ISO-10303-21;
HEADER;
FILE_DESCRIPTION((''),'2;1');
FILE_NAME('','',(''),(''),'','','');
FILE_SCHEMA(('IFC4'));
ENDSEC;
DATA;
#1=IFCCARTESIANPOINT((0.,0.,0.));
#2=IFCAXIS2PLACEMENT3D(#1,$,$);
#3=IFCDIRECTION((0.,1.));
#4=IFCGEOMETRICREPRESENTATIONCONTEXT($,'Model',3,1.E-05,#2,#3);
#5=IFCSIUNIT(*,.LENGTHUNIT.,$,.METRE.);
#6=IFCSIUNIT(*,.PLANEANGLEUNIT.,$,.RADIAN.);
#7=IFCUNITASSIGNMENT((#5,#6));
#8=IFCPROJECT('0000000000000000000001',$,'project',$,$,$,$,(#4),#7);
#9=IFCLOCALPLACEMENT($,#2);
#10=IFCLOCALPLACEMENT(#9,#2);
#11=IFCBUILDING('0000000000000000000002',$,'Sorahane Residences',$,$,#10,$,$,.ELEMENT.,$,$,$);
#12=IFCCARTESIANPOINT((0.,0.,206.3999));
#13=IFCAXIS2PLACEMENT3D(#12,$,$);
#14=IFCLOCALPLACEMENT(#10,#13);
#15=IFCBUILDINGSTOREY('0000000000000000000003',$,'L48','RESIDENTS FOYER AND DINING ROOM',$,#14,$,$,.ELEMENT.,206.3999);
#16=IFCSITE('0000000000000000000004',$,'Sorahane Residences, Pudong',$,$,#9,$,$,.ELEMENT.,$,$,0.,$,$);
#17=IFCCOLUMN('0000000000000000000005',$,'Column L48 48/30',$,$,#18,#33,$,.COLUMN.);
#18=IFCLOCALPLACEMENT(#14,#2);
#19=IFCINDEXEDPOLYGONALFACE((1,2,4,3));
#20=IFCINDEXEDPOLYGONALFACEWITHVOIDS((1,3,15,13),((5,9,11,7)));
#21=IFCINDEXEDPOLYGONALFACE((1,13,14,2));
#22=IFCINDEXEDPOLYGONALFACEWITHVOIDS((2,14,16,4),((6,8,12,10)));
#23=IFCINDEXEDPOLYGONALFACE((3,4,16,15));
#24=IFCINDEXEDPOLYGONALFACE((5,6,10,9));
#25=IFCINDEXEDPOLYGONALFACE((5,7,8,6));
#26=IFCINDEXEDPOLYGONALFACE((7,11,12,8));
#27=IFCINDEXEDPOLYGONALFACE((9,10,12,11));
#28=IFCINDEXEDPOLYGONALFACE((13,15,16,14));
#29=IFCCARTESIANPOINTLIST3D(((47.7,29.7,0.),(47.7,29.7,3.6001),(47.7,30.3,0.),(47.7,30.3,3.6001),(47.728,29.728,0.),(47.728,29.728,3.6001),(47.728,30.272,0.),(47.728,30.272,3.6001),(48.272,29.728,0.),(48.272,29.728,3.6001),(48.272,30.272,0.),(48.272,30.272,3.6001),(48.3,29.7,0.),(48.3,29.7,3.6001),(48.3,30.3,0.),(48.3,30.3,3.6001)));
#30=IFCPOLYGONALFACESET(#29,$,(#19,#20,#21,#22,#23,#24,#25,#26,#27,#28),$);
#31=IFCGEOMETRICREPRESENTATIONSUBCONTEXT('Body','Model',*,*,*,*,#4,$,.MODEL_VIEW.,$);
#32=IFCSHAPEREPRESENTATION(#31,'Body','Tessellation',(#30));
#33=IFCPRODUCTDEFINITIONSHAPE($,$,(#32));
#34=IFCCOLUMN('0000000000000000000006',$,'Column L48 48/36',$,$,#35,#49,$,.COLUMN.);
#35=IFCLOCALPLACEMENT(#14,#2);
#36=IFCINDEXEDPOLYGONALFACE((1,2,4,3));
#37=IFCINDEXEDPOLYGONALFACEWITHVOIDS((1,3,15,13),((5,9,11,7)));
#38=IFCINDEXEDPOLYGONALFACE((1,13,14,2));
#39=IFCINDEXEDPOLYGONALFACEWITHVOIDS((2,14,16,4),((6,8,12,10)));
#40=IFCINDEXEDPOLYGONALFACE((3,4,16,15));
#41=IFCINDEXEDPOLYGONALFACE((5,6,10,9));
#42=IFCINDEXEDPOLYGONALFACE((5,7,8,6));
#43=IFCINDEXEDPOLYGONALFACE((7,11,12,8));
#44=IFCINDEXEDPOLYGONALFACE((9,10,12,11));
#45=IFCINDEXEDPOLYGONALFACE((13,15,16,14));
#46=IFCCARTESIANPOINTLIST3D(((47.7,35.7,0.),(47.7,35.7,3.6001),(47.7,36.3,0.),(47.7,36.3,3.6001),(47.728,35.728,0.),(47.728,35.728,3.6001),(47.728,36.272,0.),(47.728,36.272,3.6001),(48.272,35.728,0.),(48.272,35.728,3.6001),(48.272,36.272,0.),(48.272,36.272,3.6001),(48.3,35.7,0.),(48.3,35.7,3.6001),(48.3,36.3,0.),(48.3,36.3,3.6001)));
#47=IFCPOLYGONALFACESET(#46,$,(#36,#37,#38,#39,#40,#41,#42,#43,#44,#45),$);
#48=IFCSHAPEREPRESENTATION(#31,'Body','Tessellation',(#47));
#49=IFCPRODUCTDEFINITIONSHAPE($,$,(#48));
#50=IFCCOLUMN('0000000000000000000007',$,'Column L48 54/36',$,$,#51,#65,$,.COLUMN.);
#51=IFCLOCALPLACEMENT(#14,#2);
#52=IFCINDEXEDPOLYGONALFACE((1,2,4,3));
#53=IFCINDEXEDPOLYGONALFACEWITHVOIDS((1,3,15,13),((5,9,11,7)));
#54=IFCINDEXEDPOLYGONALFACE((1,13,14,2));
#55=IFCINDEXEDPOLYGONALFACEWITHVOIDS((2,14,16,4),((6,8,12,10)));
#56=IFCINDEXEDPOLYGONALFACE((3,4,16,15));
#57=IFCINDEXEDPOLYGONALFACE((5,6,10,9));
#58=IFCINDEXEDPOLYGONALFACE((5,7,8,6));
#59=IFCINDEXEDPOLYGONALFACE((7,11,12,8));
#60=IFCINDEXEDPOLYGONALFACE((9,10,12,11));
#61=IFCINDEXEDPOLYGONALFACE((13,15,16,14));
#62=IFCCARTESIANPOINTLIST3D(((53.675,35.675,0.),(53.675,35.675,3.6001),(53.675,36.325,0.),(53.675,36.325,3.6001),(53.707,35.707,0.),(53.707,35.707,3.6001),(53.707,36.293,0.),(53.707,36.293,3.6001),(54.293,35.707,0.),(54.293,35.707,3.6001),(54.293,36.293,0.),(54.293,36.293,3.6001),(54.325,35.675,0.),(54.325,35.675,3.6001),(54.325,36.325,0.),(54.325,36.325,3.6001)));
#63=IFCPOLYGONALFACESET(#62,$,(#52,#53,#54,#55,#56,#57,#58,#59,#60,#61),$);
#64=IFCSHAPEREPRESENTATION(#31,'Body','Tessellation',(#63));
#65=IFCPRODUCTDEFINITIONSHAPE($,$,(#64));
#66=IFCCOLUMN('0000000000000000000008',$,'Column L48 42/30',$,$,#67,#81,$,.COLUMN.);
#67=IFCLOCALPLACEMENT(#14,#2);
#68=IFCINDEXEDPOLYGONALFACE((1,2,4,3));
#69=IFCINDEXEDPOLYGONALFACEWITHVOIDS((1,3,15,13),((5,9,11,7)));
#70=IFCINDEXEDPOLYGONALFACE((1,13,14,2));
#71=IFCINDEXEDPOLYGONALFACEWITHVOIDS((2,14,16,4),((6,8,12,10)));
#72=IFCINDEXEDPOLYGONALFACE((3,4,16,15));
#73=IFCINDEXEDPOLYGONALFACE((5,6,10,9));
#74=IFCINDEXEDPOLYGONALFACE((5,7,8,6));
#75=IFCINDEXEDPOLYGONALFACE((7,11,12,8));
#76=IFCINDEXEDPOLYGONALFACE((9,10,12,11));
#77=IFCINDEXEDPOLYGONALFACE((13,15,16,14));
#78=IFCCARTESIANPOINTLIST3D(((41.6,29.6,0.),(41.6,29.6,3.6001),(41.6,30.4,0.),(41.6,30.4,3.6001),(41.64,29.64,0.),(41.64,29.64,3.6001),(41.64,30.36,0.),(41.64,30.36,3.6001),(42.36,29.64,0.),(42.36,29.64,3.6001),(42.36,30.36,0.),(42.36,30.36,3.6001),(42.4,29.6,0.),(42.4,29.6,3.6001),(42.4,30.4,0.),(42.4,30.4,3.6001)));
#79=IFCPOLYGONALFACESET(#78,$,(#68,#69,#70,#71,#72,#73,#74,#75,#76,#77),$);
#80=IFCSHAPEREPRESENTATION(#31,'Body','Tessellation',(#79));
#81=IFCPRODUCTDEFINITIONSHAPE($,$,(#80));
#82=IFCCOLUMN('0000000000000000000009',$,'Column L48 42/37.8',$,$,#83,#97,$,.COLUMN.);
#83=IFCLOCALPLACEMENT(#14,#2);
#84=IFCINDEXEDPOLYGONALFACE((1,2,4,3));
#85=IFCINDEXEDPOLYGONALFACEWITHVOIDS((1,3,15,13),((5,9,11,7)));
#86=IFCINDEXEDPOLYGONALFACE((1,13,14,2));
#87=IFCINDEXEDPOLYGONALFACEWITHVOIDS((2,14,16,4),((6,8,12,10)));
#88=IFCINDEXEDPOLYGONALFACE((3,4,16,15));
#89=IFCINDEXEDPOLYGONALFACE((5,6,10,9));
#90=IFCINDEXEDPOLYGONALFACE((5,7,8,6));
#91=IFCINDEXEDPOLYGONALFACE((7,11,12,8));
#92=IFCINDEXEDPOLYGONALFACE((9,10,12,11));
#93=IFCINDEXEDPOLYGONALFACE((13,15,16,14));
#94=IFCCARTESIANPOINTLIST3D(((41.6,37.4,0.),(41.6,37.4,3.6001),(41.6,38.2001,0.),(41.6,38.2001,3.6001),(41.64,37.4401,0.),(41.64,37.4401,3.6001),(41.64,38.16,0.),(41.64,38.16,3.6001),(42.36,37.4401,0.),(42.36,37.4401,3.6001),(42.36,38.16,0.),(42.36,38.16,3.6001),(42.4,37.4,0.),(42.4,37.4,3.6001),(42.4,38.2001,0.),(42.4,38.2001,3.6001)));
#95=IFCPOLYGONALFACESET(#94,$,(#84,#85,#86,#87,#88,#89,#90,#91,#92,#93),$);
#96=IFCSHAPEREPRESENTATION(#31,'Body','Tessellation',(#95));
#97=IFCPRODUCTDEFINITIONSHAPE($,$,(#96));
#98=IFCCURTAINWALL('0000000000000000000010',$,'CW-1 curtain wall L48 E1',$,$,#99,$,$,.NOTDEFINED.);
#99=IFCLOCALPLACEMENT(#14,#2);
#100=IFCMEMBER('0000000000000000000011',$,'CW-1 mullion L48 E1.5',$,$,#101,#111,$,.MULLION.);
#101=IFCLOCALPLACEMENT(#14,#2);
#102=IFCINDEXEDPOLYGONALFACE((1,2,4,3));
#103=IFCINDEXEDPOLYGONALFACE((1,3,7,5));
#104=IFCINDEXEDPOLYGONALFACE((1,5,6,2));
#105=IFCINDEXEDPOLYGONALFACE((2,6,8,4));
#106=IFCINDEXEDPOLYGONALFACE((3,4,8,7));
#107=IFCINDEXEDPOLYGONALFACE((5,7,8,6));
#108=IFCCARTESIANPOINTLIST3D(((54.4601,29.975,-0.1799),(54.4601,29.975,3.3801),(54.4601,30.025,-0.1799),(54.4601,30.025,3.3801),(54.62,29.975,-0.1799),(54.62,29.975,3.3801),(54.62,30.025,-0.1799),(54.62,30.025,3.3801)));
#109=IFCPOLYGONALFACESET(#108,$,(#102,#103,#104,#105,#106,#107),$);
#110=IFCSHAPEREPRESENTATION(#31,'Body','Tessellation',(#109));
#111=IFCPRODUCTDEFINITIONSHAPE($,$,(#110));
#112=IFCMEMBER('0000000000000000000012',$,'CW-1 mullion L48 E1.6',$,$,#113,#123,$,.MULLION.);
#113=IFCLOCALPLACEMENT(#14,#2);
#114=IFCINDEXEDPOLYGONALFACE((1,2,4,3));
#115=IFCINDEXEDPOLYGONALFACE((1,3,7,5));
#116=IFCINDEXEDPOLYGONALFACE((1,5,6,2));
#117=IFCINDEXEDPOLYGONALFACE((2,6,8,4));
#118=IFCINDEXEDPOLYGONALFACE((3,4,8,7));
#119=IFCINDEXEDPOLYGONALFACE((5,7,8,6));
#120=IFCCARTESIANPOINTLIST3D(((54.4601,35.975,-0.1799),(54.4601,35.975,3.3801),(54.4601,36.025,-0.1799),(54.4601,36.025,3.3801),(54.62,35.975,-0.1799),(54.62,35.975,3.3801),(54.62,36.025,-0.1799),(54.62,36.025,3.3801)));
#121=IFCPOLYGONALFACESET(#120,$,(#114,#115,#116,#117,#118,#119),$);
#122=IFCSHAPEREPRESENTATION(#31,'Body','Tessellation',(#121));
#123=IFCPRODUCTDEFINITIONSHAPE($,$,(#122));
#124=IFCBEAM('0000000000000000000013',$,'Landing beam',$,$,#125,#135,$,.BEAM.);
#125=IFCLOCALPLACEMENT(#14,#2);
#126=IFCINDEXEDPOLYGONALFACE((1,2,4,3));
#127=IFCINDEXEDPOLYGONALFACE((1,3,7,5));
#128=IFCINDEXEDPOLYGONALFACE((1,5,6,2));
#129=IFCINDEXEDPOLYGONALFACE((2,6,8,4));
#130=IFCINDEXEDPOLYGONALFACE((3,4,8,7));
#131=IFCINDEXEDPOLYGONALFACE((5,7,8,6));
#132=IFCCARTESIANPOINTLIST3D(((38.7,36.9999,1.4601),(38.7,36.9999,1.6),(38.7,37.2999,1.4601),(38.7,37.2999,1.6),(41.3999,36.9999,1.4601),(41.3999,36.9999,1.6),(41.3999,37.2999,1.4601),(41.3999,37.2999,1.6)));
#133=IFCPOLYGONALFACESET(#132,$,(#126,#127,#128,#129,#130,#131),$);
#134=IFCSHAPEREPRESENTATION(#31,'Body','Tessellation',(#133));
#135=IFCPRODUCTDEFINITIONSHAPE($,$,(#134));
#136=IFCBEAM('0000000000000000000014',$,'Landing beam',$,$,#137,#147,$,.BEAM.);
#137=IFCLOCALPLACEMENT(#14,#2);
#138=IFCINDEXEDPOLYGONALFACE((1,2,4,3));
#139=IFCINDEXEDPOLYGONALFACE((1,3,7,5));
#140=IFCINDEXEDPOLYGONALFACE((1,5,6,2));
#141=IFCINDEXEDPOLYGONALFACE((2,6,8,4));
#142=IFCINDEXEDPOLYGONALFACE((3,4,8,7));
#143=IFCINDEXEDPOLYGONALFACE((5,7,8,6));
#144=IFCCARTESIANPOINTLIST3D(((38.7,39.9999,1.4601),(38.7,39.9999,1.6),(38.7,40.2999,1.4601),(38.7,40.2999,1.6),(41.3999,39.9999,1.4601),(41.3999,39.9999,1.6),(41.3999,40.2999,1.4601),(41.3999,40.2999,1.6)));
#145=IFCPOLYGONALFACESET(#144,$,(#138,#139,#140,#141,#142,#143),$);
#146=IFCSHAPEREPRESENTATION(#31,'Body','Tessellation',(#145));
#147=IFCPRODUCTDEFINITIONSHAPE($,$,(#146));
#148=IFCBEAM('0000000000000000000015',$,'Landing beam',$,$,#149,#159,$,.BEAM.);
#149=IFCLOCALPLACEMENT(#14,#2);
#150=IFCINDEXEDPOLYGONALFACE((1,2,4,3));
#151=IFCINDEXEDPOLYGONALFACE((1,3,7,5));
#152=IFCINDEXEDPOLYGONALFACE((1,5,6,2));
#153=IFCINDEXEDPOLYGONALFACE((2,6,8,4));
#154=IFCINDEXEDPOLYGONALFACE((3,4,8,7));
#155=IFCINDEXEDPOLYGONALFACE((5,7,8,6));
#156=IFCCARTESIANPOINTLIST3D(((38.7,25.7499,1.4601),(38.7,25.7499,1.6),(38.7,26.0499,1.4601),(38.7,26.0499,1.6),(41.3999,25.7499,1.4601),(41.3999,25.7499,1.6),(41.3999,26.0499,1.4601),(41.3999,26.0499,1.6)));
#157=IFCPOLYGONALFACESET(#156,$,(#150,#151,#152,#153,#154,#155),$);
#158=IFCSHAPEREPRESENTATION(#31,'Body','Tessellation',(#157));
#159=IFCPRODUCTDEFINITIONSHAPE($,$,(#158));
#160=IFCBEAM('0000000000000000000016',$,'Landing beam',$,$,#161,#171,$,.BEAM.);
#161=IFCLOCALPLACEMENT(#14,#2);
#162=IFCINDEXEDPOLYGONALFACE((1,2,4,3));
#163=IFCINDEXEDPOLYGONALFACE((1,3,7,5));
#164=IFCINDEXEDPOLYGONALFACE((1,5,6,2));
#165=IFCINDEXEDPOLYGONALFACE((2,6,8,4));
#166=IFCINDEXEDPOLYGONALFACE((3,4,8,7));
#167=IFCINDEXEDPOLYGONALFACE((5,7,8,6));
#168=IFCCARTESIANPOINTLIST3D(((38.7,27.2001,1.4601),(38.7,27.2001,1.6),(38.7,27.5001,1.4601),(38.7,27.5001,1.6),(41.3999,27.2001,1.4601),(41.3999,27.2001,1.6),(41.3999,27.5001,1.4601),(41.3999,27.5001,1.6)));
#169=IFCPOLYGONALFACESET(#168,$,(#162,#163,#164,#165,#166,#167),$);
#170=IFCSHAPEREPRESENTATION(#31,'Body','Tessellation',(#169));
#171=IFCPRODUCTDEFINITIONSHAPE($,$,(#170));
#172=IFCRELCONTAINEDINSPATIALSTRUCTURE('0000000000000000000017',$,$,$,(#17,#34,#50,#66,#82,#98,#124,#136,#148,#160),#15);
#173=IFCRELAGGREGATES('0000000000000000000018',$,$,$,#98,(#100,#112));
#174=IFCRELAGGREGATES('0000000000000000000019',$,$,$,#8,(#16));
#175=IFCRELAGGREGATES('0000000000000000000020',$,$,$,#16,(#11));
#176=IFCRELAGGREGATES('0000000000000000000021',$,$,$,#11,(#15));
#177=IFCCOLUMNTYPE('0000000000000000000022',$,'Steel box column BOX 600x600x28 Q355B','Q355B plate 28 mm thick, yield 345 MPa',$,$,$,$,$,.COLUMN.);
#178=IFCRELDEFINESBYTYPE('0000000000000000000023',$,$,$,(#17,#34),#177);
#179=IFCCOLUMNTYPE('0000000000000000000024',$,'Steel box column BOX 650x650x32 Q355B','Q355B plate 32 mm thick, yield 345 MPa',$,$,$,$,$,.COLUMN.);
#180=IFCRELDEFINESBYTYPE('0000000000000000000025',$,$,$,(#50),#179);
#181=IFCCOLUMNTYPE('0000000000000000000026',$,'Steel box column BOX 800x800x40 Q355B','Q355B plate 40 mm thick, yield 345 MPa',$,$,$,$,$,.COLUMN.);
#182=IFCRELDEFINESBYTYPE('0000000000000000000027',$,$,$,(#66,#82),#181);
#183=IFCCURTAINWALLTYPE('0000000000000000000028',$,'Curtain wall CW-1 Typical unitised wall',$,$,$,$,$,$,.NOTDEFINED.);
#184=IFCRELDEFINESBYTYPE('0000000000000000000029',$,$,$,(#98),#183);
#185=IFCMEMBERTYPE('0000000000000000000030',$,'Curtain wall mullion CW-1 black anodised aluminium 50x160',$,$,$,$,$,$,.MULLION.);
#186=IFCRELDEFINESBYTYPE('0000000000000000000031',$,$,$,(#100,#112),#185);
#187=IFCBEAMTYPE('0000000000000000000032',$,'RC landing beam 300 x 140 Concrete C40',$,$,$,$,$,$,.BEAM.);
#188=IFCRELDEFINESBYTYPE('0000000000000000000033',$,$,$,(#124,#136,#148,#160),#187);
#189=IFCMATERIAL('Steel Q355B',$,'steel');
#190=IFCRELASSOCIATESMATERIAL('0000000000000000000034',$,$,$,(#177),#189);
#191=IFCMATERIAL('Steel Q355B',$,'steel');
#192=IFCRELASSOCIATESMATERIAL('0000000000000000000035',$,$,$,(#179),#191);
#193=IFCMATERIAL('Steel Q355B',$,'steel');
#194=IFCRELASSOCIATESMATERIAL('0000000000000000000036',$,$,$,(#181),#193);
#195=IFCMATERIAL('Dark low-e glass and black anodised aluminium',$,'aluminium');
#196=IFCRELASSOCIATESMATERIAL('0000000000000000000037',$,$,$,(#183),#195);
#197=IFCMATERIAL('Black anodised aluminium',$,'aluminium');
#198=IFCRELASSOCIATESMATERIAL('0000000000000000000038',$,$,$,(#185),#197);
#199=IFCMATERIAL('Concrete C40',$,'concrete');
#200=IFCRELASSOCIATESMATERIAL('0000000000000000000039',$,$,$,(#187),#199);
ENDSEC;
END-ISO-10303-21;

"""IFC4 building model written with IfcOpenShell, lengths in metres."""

from ifc_helpers import new_model, si_unit, direction, frame, origin, origin_2d, place, context, subcontext, project, spatial, rectangle, hollow_rectangle, extrude, material, material_profile, profile_set, type_object, element, aggregate, save


model = new_model("IFC4")

# Units and contexts
model_context = context("Model", 3, precision=1e-05, world=origin(), true_north=direction((0.0, 1.0)))
body_context = subcontext(model_context, "Body", "Model", "MODEL_VIEW")
ifc_project = project(units=[si_unit("LENGTHUNIT", "METRE"), si_unit("PLANEANGLEUNIT", "RADIAN")], contexts=[model_context])

# Site, building, storey
site_placement = place(None, origin())
site = spatial("IfcSite", under=ifc_project, at=site_placement, Name="Sorahane Residences, Pudong", CompositionType="ELEMENT", RefElevation=0.0)
building_placement = place(site_placement, origin())
building = spatial("IfcBuilding", under=site, at=building_placement, Name="Sorahane Residences", CompositionType="ELEMENT")
storey_placement = place(building_placement, frame((0.0, 0.0, 206.3999)))
storey = spatial("IfcBuildingStorey", under=building, at=storey_placement, Name="L48", Description="RESIDENTS FOYER AND DINING ROOM", CompositionType="ELEMENT", Elevation=206.3999)

# Columns
ifc_material_1 = material(Name="Steel Q355B", Category="steel")
ifc_material_profile_1 = material_profile(ifc_material_1, hollow_rectangle(XDim=0.6001, YDim=0.6001, WallThickness=0.0281, at=origin_2d()), Name="BOX 600x600x28")
ifc_profile_set_1 = profile_set([ifc_material_profile_1], Name="Steel Q355B")
column_type_1 = type_object("IfcColumnType", Name="Steel box column BOX 600x600x28 Q355B", Description="Q355B plate 28 mm thick, yield 345 MPa", PredefinedType="COLUMN", material=ifc_profile_set_1)
for number, where, z_axis, x_axis, name in (
    (1, (48.0, 30.0, 0.0), (0.0, 0.0, 1.0), (1.0, 0.0, 0.0), "Column L48 48/30"),
    (2, (48.0, 36.0, 0.0), (0.0, 0.0, 1.0), (1.0, 0.0, 0.0), "Column L48 48/36"),
):
    element("IfcColumn", number, at=place(storey_placement, frame(where, z_axis=z_axis, x_axis=x_axis)), inside=storey, type_object=column_type_1, Name=name, PredefinedType="COLUMN", context=body_context, shape_type="SweptSolid", body=[
        extrude(hollow_rectangle(XDim=0.6001, YDim=0.6001, WallThickness=0.0281, at=origin_2d()), origin(), (0.0, 0.0, 1.0), 3.6001),
    ])
ifc_material_2 = material(Name="Steel Q355B", Category="steel")
ifc_material_profile_2 = material_profile(ifc_material_2, hollow_rectangle(XDim=0.6499, YDim=0.6499, WallThickness=0.032, at=origin_2d()), Name="BOX 650x650x32")
ifc_profile_set_2 = profile_set([ifc_material_profile_2], Name="Steel Q355B")
column_type_2 = type_object("IfcColumnType", Name="Steel box column BOX 650x650x32 Q355B", Description="Q355B plate 32 mm thick, yield 345 MPa", PredefinedType="COLUMN", material=ifc_profile_set_2)
column_placement = place(storey_placement, frame((54.0, 36.0, 0.0), z_axis=(0.0, 0.0, 1.0), x_axis=(1.0, 0.0, 0.0)))
element("IfcColumn", 3, at=column_placement, inside=storey, type_object=column_type_2, Name="Column L48 54/36", PredefinedType="COLUMN", context=body_context, shape_type="SweptSolid", body=[
    extrude(hollow_rectangle(XDim=0.6499, YDim=0.6499, WallThickness=0.032, at=origin_2d()), origin(), (0.0, 0.0, 1.0), 3.6001),
])
ifc_material_3 = material(Name="Steel Q355B", Category="steel")
ifc_material_profile_3 = material_profile(ifc_material_3, hollow_rectangle(XDim=0.8, YDim=0.8, WallThickness=0.04, at=origin_2d()), Name="BOX 800x800x40")
ifc_profile_set_3 = profile_set([ifc_material_profile_3], Name="Steel Q355B")
column_type_3 = type_object("IfcColumnType", Name="Steel box column BOX 800x800x40 Q355B", Description="Q355B plate 40 mm thick, yield 345 MPa", PredefinedType="COLUMN", material=ifc_profile_set_3)
for number, where, z_axis, x_axis, name in (
    (4, (42.0, 30.0, 0.0), (0.0, 0.0, 1.0), (1.0, 0.0, 0.0), "Column L48 42/30"),
    (5, (42.0, 37.8, 0.0), (0.0, 0.0, 1.0), (1.0, 0.0, 0.0), "Column L48 42/37.8"),
):
    element("IfcColumn", number, at=place(storey_placement, frame(where, z_axis=z_axis, x_axis=x_axis)), inside=storey, type_object=column_type_3, Name=name, PredefinedType="COLUMN", context=body_context, shape_type="SweptSolid", body=[
        extrude(hollow_rectangle(XDim=0.8, YDim=0.8, WallThickness=0.04, at=origin_2d()), origin(), (0.0, 0.0, 1.0), 3.6001),
    ])

# Curtain wall, members
ifc_material_4 = material(Name="Dark low-e glass and black anodised aluminium", Category="aluminium")
curtain_wall_type = type_object("IfcCurtainWallType", Name="Curtain wall CW-1 Typical unitised wall", PredefinedType="NOTDEFINED", material=ifc_material_4)
curtain_wall_placement = place(storey_placement, origin())
curtain_wall = element("IfcCurtainWall", 6, at=curtain_wall_placement, inside=storey, type_object=curtain_wall_type, Name="CW-1 curtain wall L48 E1", PredefinedType="NOTDEFINED")
ifc_material_5 = material(Name="Black anodised aluminium", Category="aluminium")
ifc_material_profile_4 = material_profile(ifc_material_5, rectangle(XDim=0.1599, YDim=0.05, at=origin_2d()), Name="Curtain wall mullion CW-1 black anodised aluminium 50x160")
ifc_profile_set_4 = profile_set([ifc_material_profile_4], Name="Black anodised aluminium")
member_type = type_object("IfcMemberType", Name="Curtain wall mullion CW-1 black anodised aluminium 50x160", PredefinedType="MULLION", material=ifc_profile_set_4)
member_1_placement = place(storey_placement, frame((54.54, 30.0, -0.1799), z_axis=(0.0, 0.0, 1.0), x_axis=(1.0, 0.0, 0.0)))
member_1 = element("IfcMember", 7, at=member_1_placement, type_object=member_type, Name="CW-1 mullion L48 E1.5", PredefinedType="MULLION", context=body_context, shape_type="SweptSolid", body=[
    extrude(rectangle(XDim=0.1599, YDim=0.05, at=origin_2d()), origin(), (0.0, 0.0, 1.0), 3.5601),
])
member_2_placement = place(storey_placement, frame((54.54, 36.0, -0.1799), z_axis=(0.0, 0.0, 1.0), x_axis=(1.0, 0.0, 0.0)))
member_2 = element("IfcMember", 8, at=member_2_placement, type_object=member_type, Name="CW-1 mullion L48 E1.6", PredefinedType="MULLION", context=body_context, shape_type="SweptSolid", body=[
    extrude(rectangle(XDim=0.1599, YDim=0.05, at=origin_2d()), origin(), (0.0, 0.0, 1.0), 3.5601),
])

# Beams
ifc_material_6 = material(Name="Concrete C40", Category="concrete")
ifc_material_profile_5 = material_profile(ifc_material_6, rectangle(XDim=0.3, YDim=0.1399, at=origin_2d()), Name="300x140")
ifc_profile_set_5 = profile_set([ifc_material_profile_5], Name="Concrete C40")
beam_type_1 = type_object("IfcBeamType", Name="RC landing beam 300 x 140 Concrete C40", PredefinedType="BEAM", material=ifc_profile_set_5)
for number, where, z_axis, x_axis, name in (
    (9, (38.7, 37.1499, 1.53), (1.0, 0.0, 0.0), (0.0, 1.0, 0.0), "Landing beam"),
    (10, (38.7, 40.1499, 1.53), (1.0, 0.0, 0.0), (0.0, 1.0, 0.0), "Landing beam"),
    (11, (38.7, 25.8999, 1.53), (1.0, 0.0, 0.0), (0.0, 1.0, 0.0), "Landing beam"),
    (12, (38.7, 27.3501, 1.53), (1.0, 0.0, 0.0), (0.0, 1.0, 0.0), "Landing beam"),
):
    element("IfcBeam", number, at=place(storey_placement, frame(where, z_axis=z_axis, x_axis=x_axis)), inside=storey, type_object=beam_type_1, Name=name, PredefinedType="BEAM", context=body_context, shape_type="SweptSolid", body=[
        extrude(rectangle(XDim=0.3, YDim=0.1399, at=origin_2d()), origin(), (0.0, 0.0, 1.0), 2.7),
    ])

aggregate(curtain_wall, [member_1, member_2])

save(model, "model.ifc")
